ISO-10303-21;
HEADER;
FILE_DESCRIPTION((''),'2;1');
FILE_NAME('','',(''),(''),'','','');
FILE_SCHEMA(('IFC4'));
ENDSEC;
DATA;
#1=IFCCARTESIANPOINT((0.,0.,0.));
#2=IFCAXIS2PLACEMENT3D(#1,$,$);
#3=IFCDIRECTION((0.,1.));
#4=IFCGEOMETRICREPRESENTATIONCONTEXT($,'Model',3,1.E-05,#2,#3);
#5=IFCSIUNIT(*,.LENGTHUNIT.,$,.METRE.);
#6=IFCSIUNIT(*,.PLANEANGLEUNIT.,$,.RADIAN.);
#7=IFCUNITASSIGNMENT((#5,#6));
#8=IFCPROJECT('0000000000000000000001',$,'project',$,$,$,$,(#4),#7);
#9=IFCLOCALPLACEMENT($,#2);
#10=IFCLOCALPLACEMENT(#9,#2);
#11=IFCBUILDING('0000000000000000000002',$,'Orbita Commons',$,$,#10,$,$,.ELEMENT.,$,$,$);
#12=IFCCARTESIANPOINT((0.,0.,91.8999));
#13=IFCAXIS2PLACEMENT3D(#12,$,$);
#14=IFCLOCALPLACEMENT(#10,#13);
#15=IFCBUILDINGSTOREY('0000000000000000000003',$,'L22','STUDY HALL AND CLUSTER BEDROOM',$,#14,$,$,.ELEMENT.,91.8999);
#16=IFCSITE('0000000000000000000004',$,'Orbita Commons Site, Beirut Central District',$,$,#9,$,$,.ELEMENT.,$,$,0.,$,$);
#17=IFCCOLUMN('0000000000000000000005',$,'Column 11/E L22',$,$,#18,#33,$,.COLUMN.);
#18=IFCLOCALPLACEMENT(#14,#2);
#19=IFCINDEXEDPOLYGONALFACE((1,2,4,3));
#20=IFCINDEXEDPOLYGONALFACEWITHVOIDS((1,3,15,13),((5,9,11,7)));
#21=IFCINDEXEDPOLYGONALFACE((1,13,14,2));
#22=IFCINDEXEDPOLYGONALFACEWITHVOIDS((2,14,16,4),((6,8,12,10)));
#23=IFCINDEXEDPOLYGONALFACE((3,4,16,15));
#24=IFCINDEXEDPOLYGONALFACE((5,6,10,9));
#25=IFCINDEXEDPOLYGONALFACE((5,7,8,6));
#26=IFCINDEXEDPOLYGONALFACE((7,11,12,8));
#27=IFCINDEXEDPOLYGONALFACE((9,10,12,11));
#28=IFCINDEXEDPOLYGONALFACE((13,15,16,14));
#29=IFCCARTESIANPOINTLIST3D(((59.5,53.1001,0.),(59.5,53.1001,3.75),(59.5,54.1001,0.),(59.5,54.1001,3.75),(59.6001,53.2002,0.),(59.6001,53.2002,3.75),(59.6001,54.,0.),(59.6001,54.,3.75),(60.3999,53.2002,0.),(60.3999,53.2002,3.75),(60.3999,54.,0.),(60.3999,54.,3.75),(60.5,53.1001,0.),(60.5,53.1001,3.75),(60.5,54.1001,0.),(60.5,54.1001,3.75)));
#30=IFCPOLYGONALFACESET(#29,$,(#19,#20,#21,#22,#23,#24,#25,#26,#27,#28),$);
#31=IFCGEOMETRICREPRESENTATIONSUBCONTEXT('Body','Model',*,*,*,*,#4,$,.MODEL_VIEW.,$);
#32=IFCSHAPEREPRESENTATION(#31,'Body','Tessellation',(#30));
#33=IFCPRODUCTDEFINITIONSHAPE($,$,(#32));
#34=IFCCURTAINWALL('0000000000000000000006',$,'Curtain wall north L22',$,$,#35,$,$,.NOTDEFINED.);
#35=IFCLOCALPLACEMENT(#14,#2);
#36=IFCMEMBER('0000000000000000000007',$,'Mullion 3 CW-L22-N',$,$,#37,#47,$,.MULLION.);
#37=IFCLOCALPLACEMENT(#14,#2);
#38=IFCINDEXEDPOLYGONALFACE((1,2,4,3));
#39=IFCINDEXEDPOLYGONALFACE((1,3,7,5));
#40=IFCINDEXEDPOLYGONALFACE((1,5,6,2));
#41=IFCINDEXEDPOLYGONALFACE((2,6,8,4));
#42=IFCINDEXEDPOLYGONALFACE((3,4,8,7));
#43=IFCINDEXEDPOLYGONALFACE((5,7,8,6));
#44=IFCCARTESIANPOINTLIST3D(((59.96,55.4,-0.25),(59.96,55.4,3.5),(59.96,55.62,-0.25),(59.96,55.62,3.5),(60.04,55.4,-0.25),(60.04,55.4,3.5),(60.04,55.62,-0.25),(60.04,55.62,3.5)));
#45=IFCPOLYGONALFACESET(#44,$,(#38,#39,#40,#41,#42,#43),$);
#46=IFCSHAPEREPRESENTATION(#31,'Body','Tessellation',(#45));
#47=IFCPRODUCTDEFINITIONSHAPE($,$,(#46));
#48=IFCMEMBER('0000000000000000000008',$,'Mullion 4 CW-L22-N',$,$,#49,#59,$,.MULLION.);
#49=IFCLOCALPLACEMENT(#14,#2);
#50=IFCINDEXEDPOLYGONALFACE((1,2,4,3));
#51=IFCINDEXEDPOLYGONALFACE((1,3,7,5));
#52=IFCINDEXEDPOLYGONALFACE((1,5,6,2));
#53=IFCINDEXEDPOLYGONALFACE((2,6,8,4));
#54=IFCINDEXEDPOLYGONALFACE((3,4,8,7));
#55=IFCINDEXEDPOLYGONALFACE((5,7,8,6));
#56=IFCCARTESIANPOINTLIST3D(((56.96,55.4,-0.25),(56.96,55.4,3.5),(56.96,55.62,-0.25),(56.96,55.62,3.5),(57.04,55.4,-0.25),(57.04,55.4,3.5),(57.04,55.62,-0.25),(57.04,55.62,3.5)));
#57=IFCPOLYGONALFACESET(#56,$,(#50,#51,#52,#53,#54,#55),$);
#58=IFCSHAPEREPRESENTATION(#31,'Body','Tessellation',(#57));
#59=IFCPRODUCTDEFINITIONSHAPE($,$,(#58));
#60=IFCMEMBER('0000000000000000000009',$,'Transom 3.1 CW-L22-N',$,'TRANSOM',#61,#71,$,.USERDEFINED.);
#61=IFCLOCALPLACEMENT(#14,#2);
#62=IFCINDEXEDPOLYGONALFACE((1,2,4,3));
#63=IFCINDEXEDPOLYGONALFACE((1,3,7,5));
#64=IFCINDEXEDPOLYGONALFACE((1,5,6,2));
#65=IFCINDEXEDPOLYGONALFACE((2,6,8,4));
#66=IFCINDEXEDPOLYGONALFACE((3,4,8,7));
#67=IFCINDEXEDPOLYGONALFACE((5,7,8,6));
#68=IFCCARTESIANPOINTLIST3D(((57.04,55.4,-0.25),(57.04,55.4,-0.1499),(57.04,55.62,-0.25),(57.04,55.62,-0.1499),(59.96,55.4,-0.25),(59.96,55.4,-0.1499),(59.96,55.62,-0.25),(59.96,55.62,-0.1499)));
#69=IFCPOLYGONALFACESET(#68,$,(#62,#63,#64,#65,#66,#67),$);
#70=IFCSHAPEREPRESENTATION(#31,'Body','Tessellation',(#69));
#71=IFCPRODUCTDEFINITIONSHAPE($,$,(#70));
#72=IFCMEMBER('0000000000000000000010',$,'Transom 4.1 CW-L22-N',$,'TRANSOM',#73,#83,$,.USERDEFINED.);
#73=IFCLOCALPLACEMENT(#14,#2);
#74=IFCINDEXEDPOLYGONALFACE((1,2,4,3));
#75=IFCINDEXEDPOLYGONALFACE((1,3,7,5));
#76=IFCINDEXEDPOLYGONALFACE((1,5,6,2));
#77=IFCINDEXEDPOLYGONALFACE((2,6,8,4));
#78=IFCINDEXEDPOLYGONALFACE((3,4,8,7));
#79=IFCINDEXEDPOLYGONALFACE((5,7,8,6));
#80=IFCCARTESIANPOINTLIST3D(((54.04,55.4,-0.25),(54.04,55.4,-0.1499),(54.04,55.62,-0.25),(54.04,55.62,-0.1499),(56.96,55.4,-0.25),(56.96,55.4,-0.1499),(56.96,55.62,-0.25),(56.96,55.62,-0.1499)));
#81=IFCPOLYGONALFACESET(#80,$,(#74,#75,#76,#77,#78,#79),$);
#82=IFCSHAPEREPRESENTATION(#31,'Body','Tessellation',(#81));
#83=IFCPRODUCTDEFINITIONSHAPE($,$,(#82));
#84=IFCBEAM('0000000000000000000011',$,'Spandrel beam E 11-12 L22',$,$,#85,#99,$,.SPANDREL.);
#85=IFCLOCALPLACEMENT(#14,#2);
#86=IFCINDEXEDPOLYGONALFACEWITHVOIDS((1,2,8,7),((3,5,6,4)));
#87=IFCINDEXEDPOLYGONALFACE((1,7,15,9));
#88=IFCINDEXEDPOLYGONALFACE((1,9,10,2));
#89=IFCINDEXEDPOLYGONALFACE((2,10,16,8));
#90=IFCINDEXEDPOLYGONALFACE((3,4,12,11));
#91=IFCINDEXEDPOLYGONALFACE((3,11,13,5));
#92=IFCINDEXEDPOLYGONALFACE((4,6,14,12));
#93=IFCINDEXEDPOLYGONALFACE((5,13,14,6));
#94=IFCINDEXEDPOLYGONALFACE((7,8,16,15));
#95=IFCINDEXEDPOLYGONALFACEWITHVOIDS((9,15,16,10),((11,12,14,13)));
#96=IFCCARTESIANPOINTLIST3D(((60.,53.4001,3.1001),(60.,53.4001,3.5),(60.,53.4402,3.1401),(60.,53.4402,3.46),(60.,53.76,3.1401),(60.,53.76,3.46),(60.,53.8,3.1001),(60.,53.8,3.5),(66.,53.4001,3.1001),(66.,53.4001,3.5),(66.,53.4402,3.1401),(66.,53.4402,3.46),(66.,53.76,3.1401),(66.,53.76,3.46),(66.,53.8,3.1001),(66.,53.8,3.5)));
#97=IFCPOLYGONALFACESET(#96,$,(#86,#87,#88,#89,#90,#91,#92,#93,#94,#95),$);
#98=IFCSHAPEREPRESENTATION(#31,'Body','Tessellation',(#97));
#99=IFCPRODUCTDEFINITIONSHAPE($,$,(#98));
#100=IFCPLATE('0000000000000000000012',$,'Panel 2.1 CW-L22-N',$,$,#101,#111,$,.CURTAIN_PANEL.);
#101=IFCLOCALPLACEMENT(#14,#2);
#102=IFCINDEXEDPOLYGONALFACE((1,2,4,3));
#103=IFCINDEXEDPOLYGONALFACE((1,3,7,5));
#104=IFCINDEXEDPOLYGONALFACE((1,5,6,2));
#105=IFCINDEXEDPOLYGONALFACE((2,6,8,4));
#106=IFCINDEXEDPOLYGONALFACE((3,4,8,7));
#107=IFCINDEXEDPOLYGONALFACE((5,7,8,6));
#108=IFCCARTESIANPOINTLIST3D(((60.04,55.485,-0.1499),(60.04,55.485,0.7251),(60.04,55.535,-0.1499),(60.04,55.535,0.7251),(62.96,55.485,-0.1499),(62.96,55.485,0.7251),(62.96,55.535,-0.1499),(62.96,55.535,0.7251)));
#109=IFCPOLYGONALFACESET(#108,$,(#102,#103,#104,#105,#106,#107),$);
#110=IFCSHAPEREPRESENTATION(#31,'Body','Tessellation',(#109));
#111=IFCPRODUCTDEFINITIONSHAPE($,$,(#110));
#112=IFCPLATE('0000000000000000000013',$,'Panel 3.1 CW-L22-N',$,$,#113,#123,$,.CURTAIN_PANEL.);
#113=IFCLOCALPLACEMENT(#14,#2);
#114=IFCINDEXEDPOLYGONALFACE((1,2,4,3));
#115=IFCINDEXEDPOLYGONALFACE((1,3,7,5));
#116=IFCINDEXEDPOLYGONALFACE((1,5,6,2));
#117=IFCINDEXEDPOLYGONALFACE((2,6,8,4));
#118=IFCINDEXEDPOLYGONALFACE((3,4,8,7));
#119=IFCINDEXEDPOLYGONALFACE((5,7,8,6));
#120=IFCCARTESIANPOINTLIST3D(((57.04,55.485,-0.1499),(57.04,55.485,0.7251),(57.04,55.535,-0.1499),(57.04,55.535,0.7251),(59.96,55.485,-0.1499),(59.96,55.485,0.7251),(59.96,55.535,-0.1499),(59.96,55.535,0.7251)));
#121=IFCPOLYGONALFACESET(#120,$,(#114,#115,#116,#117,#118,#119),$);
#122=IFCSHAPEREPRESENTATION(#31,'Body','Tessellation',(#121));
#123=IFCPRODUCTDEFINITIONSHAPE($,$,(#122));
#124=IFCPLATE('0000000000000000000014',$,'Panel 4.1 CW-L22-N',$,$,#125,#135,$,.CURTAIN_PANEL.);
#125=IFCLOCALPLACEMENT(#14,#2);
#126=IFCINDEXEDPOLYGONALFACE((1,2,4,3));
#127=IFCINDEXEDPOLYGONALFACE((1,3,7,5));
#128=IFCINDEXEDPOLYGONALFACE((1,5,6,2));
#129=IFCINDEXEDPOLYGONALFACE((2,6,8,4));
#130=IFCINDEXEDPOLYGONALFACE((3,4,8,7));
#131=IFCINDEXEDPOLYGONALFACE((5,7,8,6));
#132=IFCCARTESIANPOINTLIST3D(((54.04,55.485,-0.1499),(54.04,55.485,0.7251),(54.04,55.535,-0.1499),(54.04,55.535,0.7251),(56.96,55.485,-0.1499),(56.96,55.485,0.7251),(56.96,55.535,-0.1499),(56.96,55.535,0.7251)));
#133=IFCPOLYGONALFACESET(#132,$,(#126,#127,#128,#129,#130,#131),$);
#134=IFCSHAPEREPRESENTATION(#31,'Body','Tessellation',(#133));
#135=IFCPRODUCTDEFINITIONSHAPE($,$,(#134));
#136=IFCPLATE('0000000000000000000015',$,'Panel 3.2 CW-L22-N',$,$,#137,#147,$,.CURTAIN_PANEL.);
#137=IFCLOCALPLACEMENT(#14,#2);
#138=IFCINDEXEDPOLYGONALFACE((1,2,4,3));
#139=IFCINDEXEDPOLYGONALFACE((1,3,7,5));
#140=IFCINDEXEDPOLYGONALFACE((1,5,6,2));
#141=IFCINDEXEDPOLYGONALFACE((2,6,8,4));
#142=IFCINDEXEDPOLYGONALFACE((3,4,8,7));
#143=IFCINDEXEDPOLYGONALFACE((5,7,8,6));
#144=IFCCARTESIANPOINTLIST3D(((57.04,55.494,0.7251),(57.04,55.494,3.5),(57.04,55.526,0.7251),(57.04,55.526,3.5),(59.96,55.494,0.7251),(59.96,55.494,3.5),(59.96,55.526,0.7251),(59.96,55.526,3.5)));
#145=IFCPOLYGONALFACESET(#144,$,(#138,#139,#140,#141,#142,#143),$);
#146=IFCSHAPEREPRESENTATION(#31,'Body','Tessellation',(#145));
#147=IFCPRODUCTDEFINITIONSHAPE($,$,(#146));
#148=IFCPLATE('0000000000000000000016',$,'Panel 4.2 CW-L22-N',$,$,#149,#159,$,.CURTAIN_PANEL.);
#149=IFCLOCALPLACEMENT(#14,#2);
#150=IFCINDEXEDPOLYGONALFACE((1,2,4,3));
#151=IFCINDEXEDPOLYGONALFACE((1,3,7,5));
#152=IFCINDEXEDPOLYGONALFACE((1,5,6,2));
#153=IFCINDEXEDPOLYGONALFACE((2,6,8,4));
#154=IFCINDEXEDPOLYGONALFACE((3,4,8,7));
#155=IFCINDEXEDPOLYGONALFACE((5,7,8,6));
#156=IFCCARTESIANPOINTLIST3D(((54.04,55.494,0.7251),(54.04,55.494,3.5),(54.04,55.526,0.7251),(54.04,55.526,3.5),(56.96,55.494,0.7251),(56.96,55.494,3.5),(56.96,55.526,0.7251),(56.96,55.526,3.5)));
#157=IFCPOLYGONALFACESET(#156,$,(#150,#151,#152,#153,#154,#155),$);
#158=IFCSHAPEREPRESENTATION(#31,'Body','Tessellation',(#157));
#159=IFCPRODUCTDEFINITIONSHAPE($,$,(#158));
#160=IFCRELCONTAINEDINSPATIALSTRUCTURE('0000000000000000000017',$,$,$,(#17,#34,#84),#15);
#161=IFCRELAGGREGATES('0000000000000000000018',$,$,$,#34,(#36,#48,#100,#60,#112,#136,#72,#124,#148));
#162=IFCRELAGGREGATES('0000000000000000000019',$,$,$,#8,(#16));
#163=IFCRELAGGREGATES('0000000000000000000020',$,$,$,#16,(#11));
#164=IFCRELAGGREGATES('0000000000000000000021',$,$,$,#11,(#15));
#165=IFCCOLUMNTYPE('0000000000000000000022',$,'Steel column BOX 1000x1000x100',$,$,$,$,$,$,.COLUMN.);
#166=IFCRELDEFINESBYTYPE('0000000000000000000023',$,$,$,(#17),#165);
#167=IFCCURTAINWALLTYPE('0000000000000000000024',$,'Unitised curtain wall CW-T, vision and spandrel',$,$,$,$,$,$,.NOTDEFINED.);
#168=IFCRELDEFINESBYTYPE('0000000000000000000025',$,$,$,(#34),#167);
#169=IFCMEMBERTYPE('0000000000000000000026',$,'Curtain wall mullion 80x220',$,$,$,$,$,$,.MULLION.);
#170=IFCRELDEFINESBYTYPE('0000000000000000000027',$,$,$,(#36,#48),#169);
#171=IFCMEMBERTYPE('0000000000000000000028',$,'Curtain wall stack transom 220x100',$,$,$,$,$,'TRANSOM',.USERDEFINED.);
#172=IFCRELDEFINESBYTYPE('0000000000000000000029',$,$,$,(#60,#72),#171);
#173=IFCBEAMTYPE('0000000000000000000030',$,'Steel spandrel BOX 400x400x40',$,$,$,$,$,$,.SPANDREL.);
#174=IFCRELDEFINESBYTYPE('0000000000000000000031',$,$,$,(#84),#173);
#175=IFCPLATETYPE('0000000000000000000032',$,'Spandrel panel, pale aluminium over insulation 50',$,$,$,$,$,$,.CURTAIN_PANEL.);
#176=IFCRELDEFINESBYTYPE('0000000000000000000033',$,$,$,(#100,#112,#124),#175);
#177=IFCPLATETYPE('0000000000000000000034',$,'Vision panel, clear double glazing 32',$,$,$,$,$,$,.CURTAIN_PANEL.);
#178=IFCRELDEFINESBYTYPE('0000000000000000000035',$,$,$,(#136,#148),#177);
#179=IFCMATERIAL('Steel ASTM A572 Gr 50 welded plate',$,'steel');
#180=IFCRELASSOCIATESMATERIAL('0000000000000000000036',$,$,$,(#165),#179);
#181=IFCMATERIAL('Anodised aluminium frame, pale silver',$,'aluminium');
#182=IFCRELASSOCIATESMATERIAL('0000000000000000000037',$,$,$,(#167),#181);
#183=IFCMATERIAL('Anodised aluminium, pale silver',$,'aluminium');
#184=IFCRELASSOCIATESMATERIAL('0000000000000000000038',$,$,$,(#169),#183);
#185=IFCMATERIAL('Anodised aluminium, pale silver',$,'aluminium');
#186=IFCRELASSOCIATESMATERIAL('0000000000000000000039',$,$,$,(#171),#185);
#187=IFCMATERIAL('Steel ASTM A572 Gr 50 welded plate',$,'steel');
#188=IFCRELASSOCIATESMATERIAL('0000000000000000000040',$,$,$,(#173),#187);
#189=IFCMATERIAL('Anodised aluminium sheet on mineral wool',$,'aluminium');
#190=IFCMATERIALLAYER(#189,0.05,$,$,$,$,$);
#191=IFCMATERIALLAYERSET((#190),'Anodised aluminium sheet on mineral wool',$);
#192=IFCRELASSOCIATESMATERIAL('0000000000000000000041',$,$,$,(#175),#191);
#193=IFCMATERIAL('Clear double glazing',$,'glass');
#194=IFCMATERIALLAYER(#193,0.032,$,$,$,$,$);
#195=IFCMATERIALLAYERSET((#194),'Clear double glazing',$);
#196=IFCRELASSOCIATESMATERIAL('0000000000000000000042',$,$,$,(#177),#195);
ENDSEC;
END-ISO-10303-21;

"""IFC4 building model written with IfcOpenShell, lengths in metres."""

from ifc_helpers import new_model, si_unit, direction, frame, origin, origin_2d, place, context, subcontext, project, spatial, rectangle, hollow_rectangle, extrude, material, layer, layer_set, material_profile, profile_set, type_object, element, aggregate, save


model = new_model("IFC4")

# Units and contexts
model_context = context("Model", 3, precision=1e-05, world=origin(), true_north=direction((0.0, 1.0)))
body_context = subcontext(model_context, "Body", "Model", "MODEL_VIEW")
ifc_project = project(units=[si_unit("LENGTHUNIT", "METRE"), si_unit("PLANEANGLEUNIT", "RADIAN")], contexts=[model_context])

# Site, building, storey
site_placement = place(None, origin())
site = spatial("IfcSite", under=ifc_project, at=site_placement, Name="Orbita Commons Site, Beirut Central District", CompositionType="ELEMENT", RefElevation=0.0)
building_placement = place(site_placement, origin())
building = spatial("IfcBuilding", under=site, at=building_placement, Name="Orbita Commons", CompositionType="ELEMENT")
storey_placement = place(building_placement, frame((0.0, 0.0, 91.8999)))
storey = spatial("IfcBuildingStorey", under=building, at=storey_placement, Name="L22", Description="STUDY HALL AND CLUSTER BEDROOM", CompositionType="ELEMENT", Elevation=91.8999)

# Column
ifc_material_1 = material(Name="Steel ASTM A572 Gr 50 welded plate", Category="steel")
ifc_material_profile_1 = material_profile(ifc_material_1, hollow_rectangle(XDim=1.0, YDim=1.0, WallThickness=0.1001, at=origin_2d()), Name="BOX 1000x1000x100")
ifc_profile_set_1 = profile_set([ifc_material_profile_1], Name="Steel ASTM A572 Gr 50 welded plate")
column_type = type_object("IfcColumnType", Name="Steel column BOX 1000x1000x100", PredefinedType="COLUMN", material=ifc_profile_set_1)
column_placement = place(storey_placement, frame((60.0, 53.6001, 0.0), z_axis=(0.0, 0.0, 1.0), x_axis=(1.0, 0.0, 0.0)))
element("IfcColumn", 1, at=column_placement, inside=storey, type_object=column_type, Name="Column 11/E L22", PredefinedType="COLUMN", context=body_context, shape_type="SweptSolid", body=[
    extrude(hollow_rectangle(XDim=1.0, YDim=1.0, WallThickness=0.1001, at=origin_2d()), origin(), (0.0, 0.0, 1.0), 3.75),
])

# Curtain wall, members
ifc_material_2 = material(Name="Anodised aluminium frame, pale silver", Category="aluminium")
curtain_wall_type = type_object("IfcCurtainWallType", Name="Unitised curtain wall CW-T, vision and spandrel", PredefinedType="NOTDEFINED", material=ifc_material_2)
curtain_wall_placement = place(storey_placement, origin())
curtain_wall = element("IfcCurtainWall", 2, at=curtain_wall_placement, inside=storey, type_object=curtain_wall_type, Name="Curtain wall north L22", PredefinedType="NOTDEFINED")
ifc_material_3 = material(Name="Anodised aluminium, pale silver", Category="aluminium")
ifc_material_profile_2 = material_profile(ifc_material_3, rectangle(XDim=0.0801, YDim=0.22, at=origin_2d()), Name="AL 80x220")
ifc_profile_set_2 = profile_set([ifc_material_profile_2], Name="Anodised aluminium, pale silver")
member_type_1 = type_object("IfcMemberType", Name="Curtain wall mullion 80x220", PredefinedType="MULLION", material=ifc_profile_set_2)
member_1_placement = place(storey_placement, frame((60.0, 55.51, -0.25), z_axis=(0.0, 0.0, 1.0), x_axis=(-1.0, 0.0, 0.0)))
member_1 = element("IfcMember", 3, at=member_1_placement, type_object=member_type_1, Name="Mullion 3 CW-L22-N", PredefinedType="MULLION", context=body_context, shape_type="SweptSolid", body=[
    extrude(rectangle(XDim=0.0801, YDim=0.22, at=origin_2d()), origin(), (0.0, 0.0, 1.0), 3.75),
])
member_2_placement = place(storey_placement, frame((57.0, 55.51, -0.25), z_axis=(0.0, 0.0, 1.0), x_axis=(-1.0, 0.0, 0.0)))
member_2 = element("IfcMember", 4, at=member_2_placement, type_object=member_type_1, Name="Mullion 4 CW-L22-N", PredefinedType="MULLION", context=body_context, shape_type="SweptSolid", body=[
    extrude(rectangle(XDim=0.0801, YDim=0.22, at=origin_2d()), origin(), (0.0, 0.0, 1.0), 3.75),
])
ifc_material_4 = material(Name="Anodised aluminium, pale silver", Category="aluminium")
ifc_material_profile_3 = material_profile(ifc_material_4, rectangle(XDim=0.22, YDim=0.1001, at=origin_2d()), Name="AL 220x100")
ifc_profile_set_3 = profile_set([ifc_material_profile_3], Name="Anodised aluminium, pale silver")
member_type_2 = type_object("IfcMemberType", Name="Curtain wall stack transom 220x100", ElementType="TRANSOM", PredefinedType="USERDEFINED", material=ifc_profile_set_3)
member_3_placement = place(storey_placement, frame((59.96, 55.51, -0.2), z_axis=(-1.0, 0.0, 0.0), x_axis=(0.0, -1.0, 0.0)))
member_3 = element("IfcMember", 5, at=member_3_placement, type_object=member_type_2, Name="Transom 3.1 CW-L22-N", ObjectType="TRANSOM", PredefinedType="USERDEFINED", context=body_context, shape_type="SweptSolid", body=[
    extrude(rectangle(XDim=0.22, YDim=0.1001, at=origin_2d()), origin(), (0.0, 0.0, 1.0), 2.9199),
])
member_4_placement = place(storey_placement, frame((56.96, 55.51, -0.2), z_axis=(-1.0, 0.0, 0.0), x_axis=(0.0, -1.0, 0.0)))
member_4 = element("IfcMember", 6, at=member_4_placement, type_object=member_type_2, Name="Transom 4.1 CW-L22-N", ObjectType="TRANSOM", PredefinedType="USERDEFINED", context=body_context, shape_type="SweptSolid", body=[
    extrude(rectangle(XDim=0.22, YDim=0.1001, at=origin_2d()), origin(), (0.0, 0.0, 1.0), 2.9199),
])

# Beam
ifc_material_5 = material(Name="Steel ASTM A572 Gr 50 welded plate", Category="steel")
ifc_material_profile_4 = material_profile(ifc_material_5, hollow_rectangle(XDim=0.3999, YDim=0.3999, WallThickness=0.04, at=origin_2d()), Name="BOX 400x400x40")
ifc_profile_set_4 = profile_set([ifc_material_profile_4], Name="Steel ASTM A572 Gr 50 welded plate")
beam_type = type_object("IfcBeamType", Name="Steel spandrel BOX 400x400x40", PredefinedType="SPANDREL", material=ifc_profile_set_4)
beam_placement = place(storey_placement, frame((60.0, 53.6001, 3.3), z_axis=(1.0, 0.0, 0.0), x_axis=(0.0, 1.0, 0.0)))
element("IfcBeam", 7, at=beam_placement, inside=storey, type_object=beam_type, Name="Spandrel beam E 11-12 L22", PredefinedType="SPANDREL", context=body_context, shape_type="SweptSolid", body=[
    extrude(hollow_rectangle(XDim=0.3999, YDim=0.3999, WallThickness=0.04, at=origin_2d()), origin(), (0.0, 0.0, 1.0), 6.0),
])

# Plates
ifc_material_6 = material(Name="Anodised aluminium sheet on mineral wool", Category="aluminium")
ifc_layer_1 = layer(ifc_material_6, 0.05)
ifc_layer_set_1 = layer_set([ifc_layer_1], Name="Anodised aluminium sheet on mineral wool")
plate_type_1 = type_object("IfcPlateType", Name="Spandrel panel, pale aluminium over insulation 50", PredefinedType="CURTAIN_PANEL", material=ifc_layer_set_1)
plate_1_placement = place(storey_placement, frame((61.5, 55.51, -0.1499), z_axis=(0.0, 0.0, 1.0), x_axis=(-1.0, 0.0, 0.0)))
plate_1 = element("IfcPlate", 8, at=plate_1_placement, type_object=plate_type_1, Name="Panel 2.1 CW-L22-N", PredefinedType="CURTAIN_PANEL", context=body_context, shape_type="SweptSolid", body=[
    extrude(rectangle(XDim=2.9199, YDim=0.05, at=origin_2d()), origin(), (0.0, 0.0, 1.0), 0.875),
])
plate_2_placement = place(storey_placement, frame((58.5, 55.51, -0.1499), z_axis=(0.0, 0.0, 1.0), x_axis=(-1.0, 0.0, 0.0)))
plate_2 = element("IfcPlate", 9, at=plate_2_placement, type_object=plate_type_1, Name="Panel 3.1 CW-L22-N", PredefinedType="CURTAIN_PANEL", context=body_context, shape_type="SweptSolid", body=[
    extrude(rectangle(XDim=2.9199, YDim=0.05, at=origin_2d()), origin(), (0.0, 0.0, 1.0), 0.875),
])
plate_3_placement = place(storey_placement, frame((55.5, 55.51, -0.1499), z_axis=(0.0, 0.0, 1.0), x_axis=(-1.0, 0.0, 0.0)))
plate_3 = element("IfcPlate", 10, at=plate_3_placement, type_object=plate_type_1, Name="Panel 4.1 CW-L22-N", PredefinedType="CURTAIN_PANEL", context=body_context, shape_type="SweptSolid", body=[
    extrude(rectangle(XDim=2.9199, YDim=0.05, at=origin_2d()), origin(), (0.0, 0.0, 1.0), 0.875),
])
ifc_material_7 = material(Name="Clear double glazing", Category="glass")
ifc_layer_2 = layer(ifc_material_7, 0.032)
ifc_layer_set_2 = layer_set([ifc_layer_2], Name="Clear double glazing")
plate_type_2 = type_object("IfcPlateType", Name="Vision panel, clear double glazing 32", PredefinedType="CURTAIN_PANEL", material=ifc_layer_set_2)
plate_4_placement = place(storey_placement, frame((58.5, 55.51, 0.7251), z_axis=(0.0, 0.0, 1.0), x_axis=(-1.0, 0.0, 0.0)))
plate_4 = element("IfcPlate", 11, at=plate_4_placement, type_object=plate_type_2, Name="Panel 3.2 CW-L22-N", PredefinedType="CURTAIN_PANEL", context=body_context, shape_type="SweptSolid", body=[
    extrude(rectangle(XDim=2.9199, YDim=0.032, at=origin_2d()), origin(), (0.0, 0.0, 1.0), 2.7749),
])
plate_5_placement = place(storey_placement, frame((55.5, 55.51, 0.7251), z_axis=(0.0, 0.0, 1.0), x_axis=(-1.0, 0.0, 0.0)))
plate_5 = element("IfcPlate", 12, at=plate_5_placement, type_object=plate_type_2, Name="Panel 4.2 CW-L22-N", PredefinedType="CURTAIN_PANEL", context=body_context, shape_type="SweptSolid", body=[
    extrude(rectangle(XDim=2.9199, YDim=0.032, at=origin_2d()), origin(), (0.0, 0.0, 1.0), 2.7749),
])
aggregate(curtain_wall, [member_1, member_2, plate_1, member_3, plate_2, plate_4, member_4, plate_3, plate_5])

save(model, "model.ifc")
